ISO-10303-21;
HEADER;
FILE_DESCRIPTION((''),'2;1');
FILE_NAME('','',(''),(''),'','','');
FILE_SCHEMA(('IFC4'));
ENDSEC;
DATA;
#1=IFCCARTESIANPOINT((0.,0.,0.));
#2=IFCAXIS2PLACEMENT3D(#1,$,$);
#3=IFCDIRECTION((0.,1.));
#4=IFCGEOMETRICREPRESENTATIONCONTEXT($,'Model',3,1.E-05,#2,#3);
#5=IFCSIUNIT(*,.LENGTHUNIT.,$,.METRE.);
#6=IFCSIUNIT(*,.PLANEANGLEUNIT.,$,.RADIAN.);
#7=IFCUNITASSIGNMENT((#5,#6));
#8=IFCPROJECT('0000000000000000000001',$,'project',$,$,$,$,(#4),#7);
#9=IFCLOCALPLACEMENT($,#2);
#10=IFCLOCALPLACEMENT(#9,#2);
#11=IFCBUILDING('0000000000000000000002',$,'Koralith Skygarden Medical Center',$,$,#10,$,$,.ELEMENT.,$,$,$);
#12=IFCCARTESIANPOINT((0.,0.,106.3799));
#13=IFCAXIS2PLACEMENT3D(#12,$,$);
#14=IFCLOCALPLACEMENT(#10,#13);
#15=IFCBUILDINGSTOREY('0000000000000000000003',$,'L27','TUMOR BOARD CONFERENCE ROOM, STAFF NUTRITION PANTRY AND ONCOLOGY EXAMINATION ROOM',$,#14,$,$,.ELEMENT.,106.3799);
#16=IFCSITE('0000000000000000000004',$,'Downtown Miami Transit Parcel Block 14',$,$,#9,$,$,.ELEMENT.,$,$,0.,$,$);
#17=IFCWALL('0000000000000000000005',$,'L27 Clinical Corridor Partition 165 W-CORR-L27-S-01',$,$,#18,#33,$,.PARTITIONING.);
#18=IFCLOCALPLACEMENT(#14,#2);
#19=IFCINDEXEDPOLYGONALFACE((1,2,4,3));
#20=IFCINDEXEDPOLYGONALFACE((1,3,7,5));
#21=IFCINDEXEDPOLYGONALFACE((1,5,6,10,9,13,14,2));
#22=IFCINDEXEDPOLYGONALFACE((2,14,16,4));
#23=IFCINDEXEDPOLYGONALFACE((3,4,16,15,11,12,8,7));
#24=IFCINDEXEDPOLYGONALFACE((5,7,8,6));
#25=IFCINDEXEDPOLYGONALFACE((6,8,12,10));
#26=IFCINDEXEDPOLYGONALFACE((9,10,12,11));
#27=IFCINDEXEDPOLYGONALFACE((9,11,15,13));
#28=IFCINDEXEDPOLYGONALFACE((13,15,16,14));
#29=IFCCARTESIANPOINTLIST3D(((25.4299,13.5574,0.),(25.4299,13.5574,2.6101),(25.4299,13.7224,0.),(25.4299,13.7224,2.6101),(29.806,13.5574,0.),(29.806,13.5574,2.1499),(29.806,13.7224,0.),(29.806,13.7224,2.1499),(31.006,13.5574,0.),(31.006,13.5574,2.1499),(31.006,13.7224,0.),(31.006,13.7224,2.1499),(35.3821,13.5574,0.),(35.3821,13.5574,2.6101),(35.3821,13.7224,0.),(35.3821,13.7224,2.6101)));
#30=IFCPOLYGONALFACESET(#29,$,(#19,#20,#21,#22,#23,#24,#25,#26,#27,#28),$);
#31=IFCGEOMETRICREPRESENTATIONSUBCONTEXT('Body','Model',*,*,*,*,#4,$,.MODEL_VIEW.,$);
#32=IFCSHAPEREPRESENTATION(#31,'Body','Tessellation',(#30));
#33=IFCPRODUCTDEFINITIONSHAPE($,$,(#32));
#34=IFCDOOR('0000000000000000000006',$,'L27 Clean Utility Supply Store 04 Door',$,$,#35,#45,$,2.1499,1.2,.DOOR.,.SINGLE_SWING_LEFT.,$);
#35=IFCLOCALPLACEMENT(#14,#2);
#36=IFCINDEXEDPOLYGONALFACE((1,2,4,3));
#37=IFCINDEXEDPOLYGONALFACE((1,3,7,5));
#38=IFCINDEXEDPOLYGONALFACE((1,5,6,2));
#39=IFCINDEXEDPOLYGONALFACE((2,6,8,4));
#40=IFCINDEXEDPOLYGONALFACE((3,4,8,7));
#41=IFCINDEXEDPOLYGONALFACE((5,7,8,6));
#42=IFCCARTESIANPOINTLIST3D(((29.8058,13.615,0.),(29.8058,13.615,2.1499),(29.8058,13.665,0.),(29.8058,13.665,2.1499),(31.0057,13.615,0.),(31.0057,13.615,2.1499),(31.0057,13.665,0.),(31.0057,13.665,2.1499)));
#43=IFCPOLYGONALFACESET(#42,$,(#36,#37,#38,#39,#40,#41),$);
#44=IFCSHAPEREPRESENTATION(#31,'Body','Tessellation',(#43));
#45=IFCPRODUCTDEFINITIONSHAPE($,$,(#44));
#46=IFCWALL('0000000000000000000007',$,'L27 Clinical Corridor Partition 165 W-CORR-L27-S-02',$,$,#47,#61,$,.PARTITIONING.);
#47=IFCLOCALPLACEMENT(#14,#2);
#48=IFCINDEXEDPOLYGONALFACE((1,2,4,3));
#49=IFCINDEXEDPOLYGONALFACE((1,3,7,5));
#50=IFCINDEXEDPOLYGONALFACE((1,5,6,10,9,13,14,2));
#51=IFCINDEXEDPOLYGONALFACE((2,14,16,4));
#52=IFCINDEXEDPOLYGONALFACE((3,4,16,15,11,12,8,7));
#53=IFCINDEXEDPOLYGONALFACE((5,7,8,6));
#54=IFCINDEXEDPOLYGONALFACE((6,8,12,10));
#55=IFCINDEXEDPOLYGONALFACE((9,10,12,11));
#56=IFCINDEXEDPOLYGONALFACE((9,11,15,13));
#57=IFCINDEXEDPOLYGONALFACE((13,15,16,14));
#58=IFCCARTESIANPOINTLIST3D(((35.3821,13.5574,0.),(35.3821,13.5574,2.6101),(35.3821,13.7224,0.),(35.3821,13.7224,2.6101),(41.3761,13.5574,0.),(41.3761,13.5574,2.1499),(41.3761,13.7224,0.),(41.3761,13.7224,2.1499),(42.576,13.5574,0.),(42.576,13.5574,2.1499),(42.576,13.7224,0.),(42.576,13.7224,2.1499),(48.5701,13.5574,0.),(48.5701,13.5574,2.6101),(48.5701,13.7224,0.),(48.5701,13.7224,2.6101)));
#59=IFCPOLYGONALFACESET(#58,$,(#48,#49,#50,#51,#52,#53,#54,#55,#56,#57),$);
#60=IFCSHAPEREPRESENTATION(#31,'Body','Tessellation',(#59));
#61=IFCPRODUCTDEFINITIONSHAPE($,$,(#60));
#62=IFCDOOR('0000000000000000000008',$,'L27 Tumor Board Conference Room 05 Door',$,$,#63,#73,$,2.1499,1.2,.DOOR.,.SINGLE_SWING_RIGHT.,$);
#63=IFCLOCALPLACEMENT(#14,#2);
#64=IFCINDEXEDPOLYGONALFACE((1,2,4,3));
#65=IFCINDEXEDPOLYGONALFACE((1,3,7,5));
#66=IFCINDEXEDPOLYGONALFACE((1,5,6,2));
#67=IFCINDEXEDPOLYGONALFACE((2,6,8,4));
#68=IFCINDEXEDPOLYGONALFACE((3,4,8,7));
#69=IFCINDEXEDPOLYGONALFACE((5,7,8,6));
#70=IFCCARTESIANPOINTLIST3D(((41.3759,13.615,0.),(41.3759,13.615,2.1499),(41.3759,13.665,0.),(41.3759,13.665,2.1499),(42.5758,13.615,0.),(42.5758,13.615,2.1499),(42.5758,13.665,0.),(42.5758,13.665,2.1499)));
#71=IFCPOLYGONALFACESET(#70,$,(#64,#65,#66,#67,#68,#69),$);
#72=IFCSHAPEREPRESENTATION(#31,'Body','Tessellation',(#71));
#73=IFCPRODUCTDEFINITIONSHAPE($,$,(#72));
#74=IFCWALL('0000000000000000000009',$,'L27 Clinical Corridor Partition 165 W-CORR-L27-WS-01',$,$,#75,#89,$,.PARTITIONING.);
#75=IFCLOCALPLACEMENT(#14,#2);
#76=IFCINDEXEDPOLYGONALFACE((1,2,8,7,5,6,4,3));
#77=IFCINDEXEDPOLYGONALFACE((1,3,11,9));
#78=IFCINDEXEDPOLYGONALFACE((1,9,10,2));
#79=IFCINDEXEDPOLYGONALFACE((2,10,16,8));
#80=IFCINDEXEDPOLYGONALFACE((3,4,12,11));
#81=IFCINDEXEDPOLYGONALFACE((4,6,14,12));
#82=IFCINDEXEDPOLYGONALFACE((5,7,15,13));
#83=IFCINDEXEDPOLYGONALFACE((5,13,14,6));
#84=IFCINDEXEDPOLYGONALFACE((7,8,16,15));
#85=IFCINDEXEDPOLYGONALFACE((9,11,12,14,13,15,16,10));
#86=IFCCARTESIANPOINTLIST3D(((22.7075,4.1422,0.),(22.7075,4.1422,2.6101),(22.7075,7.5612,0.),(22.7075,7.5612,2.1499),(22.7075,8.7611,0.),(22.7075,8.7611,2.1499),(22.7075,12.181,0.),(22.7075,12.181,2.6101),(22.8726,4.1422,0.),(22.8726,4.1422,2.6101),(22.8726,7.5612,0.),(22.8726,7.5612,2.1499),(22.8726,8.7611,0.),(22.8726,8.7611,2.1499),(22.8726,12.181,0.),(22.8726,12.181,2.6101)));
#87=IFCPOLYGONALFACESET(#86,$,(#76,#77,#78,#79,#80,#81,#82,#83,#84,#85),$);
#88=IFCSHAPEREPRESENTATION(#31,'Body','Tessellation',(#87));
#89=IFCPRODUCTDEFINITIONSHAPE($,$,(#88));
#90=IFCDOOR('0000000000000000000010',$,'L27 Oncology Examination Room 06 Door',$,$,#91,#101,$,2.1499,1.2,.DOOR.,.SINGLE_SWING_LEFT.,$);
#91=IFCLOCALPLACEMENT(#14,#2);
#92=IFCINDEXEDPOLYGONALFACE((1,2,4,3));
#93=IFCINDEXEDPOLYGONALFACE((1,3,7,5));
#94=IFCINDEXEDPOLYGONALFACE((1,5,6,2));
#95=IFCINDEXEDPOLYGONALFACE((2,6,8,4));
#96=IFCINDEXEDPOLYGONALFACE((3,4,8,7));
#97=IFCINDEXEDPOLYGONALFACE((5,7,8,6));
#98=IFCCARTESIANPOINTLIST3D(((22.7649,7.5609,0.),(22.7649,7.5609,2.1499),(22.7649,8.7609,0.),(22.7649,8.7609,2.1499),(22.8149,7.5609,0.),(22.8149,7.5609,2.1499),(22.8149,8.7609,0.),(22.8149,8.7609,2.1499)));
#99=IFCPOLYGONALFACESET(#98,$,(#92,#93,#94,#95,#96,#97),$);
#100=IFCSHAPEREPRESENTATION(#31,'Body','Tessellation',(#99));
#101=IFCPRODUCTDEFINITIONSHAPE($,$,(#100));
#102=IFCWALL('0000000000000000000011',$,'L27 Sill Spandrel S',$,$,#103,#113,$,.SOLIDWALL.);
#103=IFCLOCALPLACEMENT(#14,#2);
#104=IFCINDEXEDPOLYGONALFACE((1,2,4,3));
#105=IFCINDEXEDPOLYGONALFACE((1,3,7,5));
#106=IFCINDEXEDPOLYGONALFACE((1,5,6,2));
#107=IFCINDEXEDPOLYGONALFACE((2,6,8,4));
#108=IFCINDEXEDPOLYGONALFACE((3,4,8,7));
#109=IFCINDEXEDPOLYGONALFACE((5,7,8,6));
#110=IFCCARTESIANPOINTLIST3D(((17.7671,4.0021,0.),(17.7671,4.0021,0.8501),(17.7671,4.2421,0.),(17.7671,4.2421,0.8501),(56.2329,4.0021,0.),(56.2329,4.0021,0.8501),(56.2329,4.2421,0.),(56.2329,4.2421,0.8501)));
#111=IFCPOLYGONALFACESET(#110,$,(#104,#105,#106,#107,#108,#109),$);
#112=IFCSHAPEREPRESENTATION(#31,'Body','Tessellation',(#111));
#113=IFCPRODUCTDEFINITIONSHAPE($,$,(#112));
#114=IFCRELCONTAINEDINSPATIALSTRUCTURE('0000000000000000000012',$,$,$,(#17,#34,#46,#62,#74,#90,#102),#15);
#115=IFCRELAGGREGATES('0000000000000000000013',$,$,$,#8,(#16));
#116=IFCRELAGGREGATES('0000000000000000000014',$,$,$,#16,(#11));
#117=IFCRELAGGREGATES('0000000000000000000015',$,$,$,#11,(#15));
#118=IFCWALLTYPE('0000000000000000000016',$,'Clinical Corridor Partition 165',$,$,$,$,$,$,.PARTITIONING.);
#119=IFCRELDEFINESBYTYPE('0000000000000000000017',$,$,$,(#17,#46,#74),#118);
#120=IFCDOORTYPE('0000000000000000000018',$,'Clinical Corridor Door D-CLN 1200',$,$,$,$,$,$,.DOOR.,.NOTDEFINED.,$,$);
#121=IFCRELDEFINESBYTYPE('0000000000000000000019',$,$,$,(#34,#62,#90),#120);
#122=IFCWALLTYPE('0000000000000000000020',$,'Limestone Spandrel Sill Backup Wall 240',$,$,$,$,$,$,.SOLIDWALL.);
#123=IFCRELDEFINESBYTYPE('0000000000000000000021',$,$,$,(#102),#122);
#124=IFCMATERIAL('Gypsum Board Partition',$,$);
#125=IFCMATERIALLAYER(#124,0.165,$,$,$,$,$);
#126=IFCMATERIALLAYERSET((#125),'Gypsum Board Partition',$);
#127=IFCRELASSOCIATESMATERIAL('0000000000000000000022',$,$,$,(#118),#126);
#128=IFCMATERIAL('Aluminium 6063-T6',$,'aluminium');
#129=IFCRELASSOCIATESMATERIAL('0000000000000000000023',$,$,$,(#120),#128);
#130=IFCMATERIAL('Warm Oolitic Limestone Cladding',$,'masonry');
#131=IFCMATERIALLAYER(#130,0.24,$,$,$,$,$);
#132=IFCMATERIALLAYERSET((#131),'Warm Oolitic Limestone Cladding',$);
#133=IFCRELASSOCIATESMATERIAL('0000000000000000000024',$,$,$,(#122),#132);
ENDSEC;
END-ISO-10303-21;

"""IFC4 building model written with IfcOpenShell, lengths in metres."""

from ifc_helpers import new_model, si_unit, direction, frame, frame_2d, origin, place, context, subcontext, project, spatial, rectangle, extrude, material, layer, layer_set, type_object, element, fill, save


model = new_model("IFC4")

# Units and contexts
model_context = context("Model", 3, precision=1e-05, world=origin(), true_north=direction((0.0, 1.0)))
body_context = subcontext(model_context, "Body", "Model", "MODEL_VIEW")
ifc_project = project(units=[si_unit("LENGTHUNIT", "METRE"), si_unit("PLANEANGLEUNIT", "RADIAN")], contexts=[model_context])

# Site, building, storey
site_placement = place(None, origin())
site = spatial("IfcSite", under=ifc_project, at=site_placement, Name="Downtown Miami Transit Parcel Block 14", CompositionType="ELEMENT", RefElevation=0.0)
building_placement = place(site_placement, origin())
building = spatial("IfcBuilding", under=site, at=building_placement, Name="Koralith Skygarden Medical Center", CompositionType="ELEMENT")
storey_placement = place(building_placement, frame((0.0, 0.0, 106.3799)))
storey = spatial("IfcBuildingStorey", under=building, at=storey_placement, Name="L27", Description="TUMOR BOARD CONFERENCE ROOM, STAFF NUTRITION PANTRY AND ONCOLOGY EXAMINATION ROOM", CompositionType="ELEMENT", Elevation=106.3799)

# Shared definitions
ifc_material_1 = material(Name="Aluminium 6063-T6", Category="aluminium")

# Shared definitions
ifc_material_2 = material(Name="Gypsum Board Partition")
ifc_layer_1 = layer(ifc_material_2, 0.165)
ifc_layer_set_1 = layer_set([ifc_layer_1], Name="Gypsum Board Partition")
wall_type_1 = type_object("IfcWallType", Name="Clinical Corridor Partition 165", PredefinedType="PARTITIONING", material=ifc_layer_set_1)

# Walls, openings, doors
wall_1_placement = place(storey_placement, frame((25.4299, 13.6399, 0.0), z_axis=(0.0, 0.0, 1.0), x_axis=(1.0, 0.0, 0.0)))
wall_1 = element("IfcWall", 1, at=wall_1_placement, inside=storey, type_object=wall_type_1, Name="L27 Clinical Corridor Partition 165 W-CORR-L27-S-01", PredefinedType="PARTITIONING", context=body_context, shape_type="SweptSolid", body=[
    extrude(rectangle(XDim=9.9521, YDim=0.165, at=frame_2d((4.9761, 0.0))), origin(), (0.0, 0.0, 1.0), 2.6101),
])
opening_1_placement = place(wall_1_placement, frame((4.376, 0.0, 0.0)))
opening_1 = element("IfcOpeningElement", 2, at=opening_1_placement, cuts=wall_1, PredefinedType="OPENING", context=body_context, shape_type="SweptSolid", body=[
    extrude(rectangle(XDim=1.2, YDim=2.1499, at=frame_2d((0.6001, 1.075))), frame((0.0, 0.0925, 0.0), z_axis=(0.0, -1.0, 0.0), x_axis=(1.0, 0.0, 0.0)), (0.0, 0.0, 1.0), 0.1851),
])
door_type = type_object("IfcDoorType", Name="Clinical Corridor Door D-CLN 1200", OperationType="NOTDEFINED", PredefinedType="DOOR", material=ifc_material_1)
door_1_placement = place(opening_1_placement, frame((1.2, 0.0, 0.0), z_axis=(0.0, 0.0, 1.0), x_axis=(-1.0, 0.0, 0.0)))
door_1 = element("IfcDoor", 3, at=door_1_placement, inside=storey, type_object=door_type, Name="L27 Clean Utility Supply Store 04 Door", OperationType="SINGLE_SWING_LEFT", OverallHeight=2.1499, OverallWidth=1.2, PredefinedType="DOOR", context=body_context, shape_type="SweptSolid", body=[
    extrude(rectangle(XDim=1.2, YDim=2.1499, at=frame_2d((0.6001, 1.075))), frame((0.0, 0.0249, 0.0), z_axis=(0.0, -1.0, 0.0), x_axis=(1.0, 0.0, 0.0)), (0.0, 0.0, 1.0), 0.05),
])
fill(opening_1, door_1)
wall_2_placement = place(storey_placement, frame((35.3821, 13.6399, 0.0), z_axis=(0.0, 0.0, 1.0), x_axis=(1.0, 0.0, 0.0)))
wall_2 = element("IfcWall", 4, at=wall_2_placement, inside=storey, type_object=wall_type_1, Name="L27 Clinical Corridor Partition 165 W-CORR-L27-S-02", PredefinedType="PARTITIONING", context=body_context, shape_type="SweptSolid", body=[
    extrude(rectangle(XDim=13.188, YDim=0.165, at=frame_2d((6.594, 0.0))), origin(), (0.0, 0.0, 1.0), 2.6101),
])
opening_2_placement = place(wall_2_placement, frame((5.9939, 0.0, 0.0)))
opening_2 = element("IfcOpeningElement", 5, at=opening_2_placement, cuts=wall_2, PredefinedType="OPENING", context=body_context, shape_type="SweptSolid", body=[
    extrude(rectangle(XDim=1.2, YDim=2.1499, at=frame_2d((0.6001, 1.075))), frame((0.0, 0.0925, 0.0), z_axis=(0.0, -1.0, 0.0), x_axis=(1.0, 0.0, 0.0)), (0.0, 0.0, 1.0), 0.1851),
])
door_2_placement = place(opening_2_placement, frame((1.2, 0.0, 0.0), z_axis=(0.0, 0.0, 1.0), x_axis=(-1.0, 0.0, 0.0)))
door_2 = element("IfcDoor", 6, at=door_2_placement, inside=storey, type_object=door_type, Name="L27 Tumor Board Conference Room 05 Door", OperationType="SINGLE_SWING_RIGHT", OverallHeight=2.1499, OverallWidth=1.2, PredefinedType="DOOR", context=body_context, shape_type="SweptSolid", body=[
    extrude(rectangle(XDim=1.2, YDim=2.1499, at=frame_2d((0.6001, 1.075))), frame((0.0, 0.0249, 0.0), z_axis=(0.0, -1.0, 0.0), x_axis=(1.0, 0.0, 0.0)), (0.0, 0.0, 1.0), 0.05),
])
fill(opening_2, door_2)
wall_3_placement = place(storey_placement, frame((22.79, 4.1421, 0.0), z_axis=(0.0, 0.0, 1.0), x_axis=(0.0, 1.0, 0.0)))
wall_3 = element("IfcWall", 7, at=wall_3_placement, inside=storey, type_object=wall_type_1, Name="L27 Clinical Corridor Partition 165 W-CORR-L27-WS-01", PredefinedType="PARTITIONING", context=body_context, shape_type="SweptSolid", body=[
    extrude(rectangle(XDim=8.0388, YDim=0.165, at=frame_2d((4.0195, 0.0))), origin(), (0.0, 0.0, 1.0), 2.6101),
])
opening_3_placement = place(wall_3_placement, frame((3.4189, 0.0, 0.0)))
opening_3 = element("IfcOpeningElement", 8, at=opening_3_placement, cuts=wall_3, PredefinedType="OPENING", context=body_context, shape_type="SweptSolid", body=[
    extrude(rectangle(XDim=1.2, YDim=2.1499, at=frame_2d((0.6001, 1.075))), frame((0.0, 0.0925, 0.0), z_axis=(0.0, -1.0, 0.0), x_axis=(1.0, 0.0, 0.0)), (0.0, 0.0, 1.0), 0.1851),
])
door_3_placement = place(opening_3_placement, frame((1.2, 0.0, 0.0), z_axis=(0.0, 0.0, 1.0), x_axis=(-1.0, 0.0, 0.0)))
door_3 = element("IfcDoor", 9, at=door_3_placement, inside=storey, type_object=door_type, Name="L27 Oncology Examination Room 06 Door", OperationType="SINGLE_SWING_LEFT", OverallHeight=2.1499, OverallWidth=1.2, PredefinedType="DOOR", context=body_context, shape_type="SweptSolid", body=[
    extrude(rectangle(XDim=1.2, YDim=2.1499, at=frame_2d((0.6001, 1.075))), frame((0.0, 0.0249, 0.0), z_axis=(0.0, -1.0, 0.0), x_axis=(1.0, 0.0, 0.0)), (0.0, 0.0, 1.0), 0.05),
])
fill(opening_3, door_3)

# Wall
ifc_material_3 = material(Name="Warm Oolitic Limestone Cladding", Category="masonry")
ifc_layer_2 = layer(ifc_material_3, 0.24)
ifc_layer_set_2 = layer_set([ifc_layer_2], Name="Warm Oolitic Limestone Cladding")
wall_type_2 = type_object("IfcWallType", Name="Limestone Spandrel Sill Backup Wall 240", PredefinedType="SOLIDWALL", material=ifc_layer_set_2)
wall_4_placement = place(storey_placement, frame((17.7671, 4.1221, 0.0), z_axis=(0.0, 0.0, 1.0), x_axis=(1.0, 0.0, 0.0)))
element("IfcWall", 10, at=wall_4_placement, inside=storey, type_object=wall_type_2, Name="L27 Sill Spandrel S", PredefinedType="SOLIDWALL", context=body_context, shape_type="SweptSolid", body=[
    extrude(rectangle(XDim=38.4658, YDim=0.24, at=frame_2d((19.2329, 0.0))), origin(), (0.0, 0.0, 1.0), 0.8501),
])

save(model, "model.ifc")
